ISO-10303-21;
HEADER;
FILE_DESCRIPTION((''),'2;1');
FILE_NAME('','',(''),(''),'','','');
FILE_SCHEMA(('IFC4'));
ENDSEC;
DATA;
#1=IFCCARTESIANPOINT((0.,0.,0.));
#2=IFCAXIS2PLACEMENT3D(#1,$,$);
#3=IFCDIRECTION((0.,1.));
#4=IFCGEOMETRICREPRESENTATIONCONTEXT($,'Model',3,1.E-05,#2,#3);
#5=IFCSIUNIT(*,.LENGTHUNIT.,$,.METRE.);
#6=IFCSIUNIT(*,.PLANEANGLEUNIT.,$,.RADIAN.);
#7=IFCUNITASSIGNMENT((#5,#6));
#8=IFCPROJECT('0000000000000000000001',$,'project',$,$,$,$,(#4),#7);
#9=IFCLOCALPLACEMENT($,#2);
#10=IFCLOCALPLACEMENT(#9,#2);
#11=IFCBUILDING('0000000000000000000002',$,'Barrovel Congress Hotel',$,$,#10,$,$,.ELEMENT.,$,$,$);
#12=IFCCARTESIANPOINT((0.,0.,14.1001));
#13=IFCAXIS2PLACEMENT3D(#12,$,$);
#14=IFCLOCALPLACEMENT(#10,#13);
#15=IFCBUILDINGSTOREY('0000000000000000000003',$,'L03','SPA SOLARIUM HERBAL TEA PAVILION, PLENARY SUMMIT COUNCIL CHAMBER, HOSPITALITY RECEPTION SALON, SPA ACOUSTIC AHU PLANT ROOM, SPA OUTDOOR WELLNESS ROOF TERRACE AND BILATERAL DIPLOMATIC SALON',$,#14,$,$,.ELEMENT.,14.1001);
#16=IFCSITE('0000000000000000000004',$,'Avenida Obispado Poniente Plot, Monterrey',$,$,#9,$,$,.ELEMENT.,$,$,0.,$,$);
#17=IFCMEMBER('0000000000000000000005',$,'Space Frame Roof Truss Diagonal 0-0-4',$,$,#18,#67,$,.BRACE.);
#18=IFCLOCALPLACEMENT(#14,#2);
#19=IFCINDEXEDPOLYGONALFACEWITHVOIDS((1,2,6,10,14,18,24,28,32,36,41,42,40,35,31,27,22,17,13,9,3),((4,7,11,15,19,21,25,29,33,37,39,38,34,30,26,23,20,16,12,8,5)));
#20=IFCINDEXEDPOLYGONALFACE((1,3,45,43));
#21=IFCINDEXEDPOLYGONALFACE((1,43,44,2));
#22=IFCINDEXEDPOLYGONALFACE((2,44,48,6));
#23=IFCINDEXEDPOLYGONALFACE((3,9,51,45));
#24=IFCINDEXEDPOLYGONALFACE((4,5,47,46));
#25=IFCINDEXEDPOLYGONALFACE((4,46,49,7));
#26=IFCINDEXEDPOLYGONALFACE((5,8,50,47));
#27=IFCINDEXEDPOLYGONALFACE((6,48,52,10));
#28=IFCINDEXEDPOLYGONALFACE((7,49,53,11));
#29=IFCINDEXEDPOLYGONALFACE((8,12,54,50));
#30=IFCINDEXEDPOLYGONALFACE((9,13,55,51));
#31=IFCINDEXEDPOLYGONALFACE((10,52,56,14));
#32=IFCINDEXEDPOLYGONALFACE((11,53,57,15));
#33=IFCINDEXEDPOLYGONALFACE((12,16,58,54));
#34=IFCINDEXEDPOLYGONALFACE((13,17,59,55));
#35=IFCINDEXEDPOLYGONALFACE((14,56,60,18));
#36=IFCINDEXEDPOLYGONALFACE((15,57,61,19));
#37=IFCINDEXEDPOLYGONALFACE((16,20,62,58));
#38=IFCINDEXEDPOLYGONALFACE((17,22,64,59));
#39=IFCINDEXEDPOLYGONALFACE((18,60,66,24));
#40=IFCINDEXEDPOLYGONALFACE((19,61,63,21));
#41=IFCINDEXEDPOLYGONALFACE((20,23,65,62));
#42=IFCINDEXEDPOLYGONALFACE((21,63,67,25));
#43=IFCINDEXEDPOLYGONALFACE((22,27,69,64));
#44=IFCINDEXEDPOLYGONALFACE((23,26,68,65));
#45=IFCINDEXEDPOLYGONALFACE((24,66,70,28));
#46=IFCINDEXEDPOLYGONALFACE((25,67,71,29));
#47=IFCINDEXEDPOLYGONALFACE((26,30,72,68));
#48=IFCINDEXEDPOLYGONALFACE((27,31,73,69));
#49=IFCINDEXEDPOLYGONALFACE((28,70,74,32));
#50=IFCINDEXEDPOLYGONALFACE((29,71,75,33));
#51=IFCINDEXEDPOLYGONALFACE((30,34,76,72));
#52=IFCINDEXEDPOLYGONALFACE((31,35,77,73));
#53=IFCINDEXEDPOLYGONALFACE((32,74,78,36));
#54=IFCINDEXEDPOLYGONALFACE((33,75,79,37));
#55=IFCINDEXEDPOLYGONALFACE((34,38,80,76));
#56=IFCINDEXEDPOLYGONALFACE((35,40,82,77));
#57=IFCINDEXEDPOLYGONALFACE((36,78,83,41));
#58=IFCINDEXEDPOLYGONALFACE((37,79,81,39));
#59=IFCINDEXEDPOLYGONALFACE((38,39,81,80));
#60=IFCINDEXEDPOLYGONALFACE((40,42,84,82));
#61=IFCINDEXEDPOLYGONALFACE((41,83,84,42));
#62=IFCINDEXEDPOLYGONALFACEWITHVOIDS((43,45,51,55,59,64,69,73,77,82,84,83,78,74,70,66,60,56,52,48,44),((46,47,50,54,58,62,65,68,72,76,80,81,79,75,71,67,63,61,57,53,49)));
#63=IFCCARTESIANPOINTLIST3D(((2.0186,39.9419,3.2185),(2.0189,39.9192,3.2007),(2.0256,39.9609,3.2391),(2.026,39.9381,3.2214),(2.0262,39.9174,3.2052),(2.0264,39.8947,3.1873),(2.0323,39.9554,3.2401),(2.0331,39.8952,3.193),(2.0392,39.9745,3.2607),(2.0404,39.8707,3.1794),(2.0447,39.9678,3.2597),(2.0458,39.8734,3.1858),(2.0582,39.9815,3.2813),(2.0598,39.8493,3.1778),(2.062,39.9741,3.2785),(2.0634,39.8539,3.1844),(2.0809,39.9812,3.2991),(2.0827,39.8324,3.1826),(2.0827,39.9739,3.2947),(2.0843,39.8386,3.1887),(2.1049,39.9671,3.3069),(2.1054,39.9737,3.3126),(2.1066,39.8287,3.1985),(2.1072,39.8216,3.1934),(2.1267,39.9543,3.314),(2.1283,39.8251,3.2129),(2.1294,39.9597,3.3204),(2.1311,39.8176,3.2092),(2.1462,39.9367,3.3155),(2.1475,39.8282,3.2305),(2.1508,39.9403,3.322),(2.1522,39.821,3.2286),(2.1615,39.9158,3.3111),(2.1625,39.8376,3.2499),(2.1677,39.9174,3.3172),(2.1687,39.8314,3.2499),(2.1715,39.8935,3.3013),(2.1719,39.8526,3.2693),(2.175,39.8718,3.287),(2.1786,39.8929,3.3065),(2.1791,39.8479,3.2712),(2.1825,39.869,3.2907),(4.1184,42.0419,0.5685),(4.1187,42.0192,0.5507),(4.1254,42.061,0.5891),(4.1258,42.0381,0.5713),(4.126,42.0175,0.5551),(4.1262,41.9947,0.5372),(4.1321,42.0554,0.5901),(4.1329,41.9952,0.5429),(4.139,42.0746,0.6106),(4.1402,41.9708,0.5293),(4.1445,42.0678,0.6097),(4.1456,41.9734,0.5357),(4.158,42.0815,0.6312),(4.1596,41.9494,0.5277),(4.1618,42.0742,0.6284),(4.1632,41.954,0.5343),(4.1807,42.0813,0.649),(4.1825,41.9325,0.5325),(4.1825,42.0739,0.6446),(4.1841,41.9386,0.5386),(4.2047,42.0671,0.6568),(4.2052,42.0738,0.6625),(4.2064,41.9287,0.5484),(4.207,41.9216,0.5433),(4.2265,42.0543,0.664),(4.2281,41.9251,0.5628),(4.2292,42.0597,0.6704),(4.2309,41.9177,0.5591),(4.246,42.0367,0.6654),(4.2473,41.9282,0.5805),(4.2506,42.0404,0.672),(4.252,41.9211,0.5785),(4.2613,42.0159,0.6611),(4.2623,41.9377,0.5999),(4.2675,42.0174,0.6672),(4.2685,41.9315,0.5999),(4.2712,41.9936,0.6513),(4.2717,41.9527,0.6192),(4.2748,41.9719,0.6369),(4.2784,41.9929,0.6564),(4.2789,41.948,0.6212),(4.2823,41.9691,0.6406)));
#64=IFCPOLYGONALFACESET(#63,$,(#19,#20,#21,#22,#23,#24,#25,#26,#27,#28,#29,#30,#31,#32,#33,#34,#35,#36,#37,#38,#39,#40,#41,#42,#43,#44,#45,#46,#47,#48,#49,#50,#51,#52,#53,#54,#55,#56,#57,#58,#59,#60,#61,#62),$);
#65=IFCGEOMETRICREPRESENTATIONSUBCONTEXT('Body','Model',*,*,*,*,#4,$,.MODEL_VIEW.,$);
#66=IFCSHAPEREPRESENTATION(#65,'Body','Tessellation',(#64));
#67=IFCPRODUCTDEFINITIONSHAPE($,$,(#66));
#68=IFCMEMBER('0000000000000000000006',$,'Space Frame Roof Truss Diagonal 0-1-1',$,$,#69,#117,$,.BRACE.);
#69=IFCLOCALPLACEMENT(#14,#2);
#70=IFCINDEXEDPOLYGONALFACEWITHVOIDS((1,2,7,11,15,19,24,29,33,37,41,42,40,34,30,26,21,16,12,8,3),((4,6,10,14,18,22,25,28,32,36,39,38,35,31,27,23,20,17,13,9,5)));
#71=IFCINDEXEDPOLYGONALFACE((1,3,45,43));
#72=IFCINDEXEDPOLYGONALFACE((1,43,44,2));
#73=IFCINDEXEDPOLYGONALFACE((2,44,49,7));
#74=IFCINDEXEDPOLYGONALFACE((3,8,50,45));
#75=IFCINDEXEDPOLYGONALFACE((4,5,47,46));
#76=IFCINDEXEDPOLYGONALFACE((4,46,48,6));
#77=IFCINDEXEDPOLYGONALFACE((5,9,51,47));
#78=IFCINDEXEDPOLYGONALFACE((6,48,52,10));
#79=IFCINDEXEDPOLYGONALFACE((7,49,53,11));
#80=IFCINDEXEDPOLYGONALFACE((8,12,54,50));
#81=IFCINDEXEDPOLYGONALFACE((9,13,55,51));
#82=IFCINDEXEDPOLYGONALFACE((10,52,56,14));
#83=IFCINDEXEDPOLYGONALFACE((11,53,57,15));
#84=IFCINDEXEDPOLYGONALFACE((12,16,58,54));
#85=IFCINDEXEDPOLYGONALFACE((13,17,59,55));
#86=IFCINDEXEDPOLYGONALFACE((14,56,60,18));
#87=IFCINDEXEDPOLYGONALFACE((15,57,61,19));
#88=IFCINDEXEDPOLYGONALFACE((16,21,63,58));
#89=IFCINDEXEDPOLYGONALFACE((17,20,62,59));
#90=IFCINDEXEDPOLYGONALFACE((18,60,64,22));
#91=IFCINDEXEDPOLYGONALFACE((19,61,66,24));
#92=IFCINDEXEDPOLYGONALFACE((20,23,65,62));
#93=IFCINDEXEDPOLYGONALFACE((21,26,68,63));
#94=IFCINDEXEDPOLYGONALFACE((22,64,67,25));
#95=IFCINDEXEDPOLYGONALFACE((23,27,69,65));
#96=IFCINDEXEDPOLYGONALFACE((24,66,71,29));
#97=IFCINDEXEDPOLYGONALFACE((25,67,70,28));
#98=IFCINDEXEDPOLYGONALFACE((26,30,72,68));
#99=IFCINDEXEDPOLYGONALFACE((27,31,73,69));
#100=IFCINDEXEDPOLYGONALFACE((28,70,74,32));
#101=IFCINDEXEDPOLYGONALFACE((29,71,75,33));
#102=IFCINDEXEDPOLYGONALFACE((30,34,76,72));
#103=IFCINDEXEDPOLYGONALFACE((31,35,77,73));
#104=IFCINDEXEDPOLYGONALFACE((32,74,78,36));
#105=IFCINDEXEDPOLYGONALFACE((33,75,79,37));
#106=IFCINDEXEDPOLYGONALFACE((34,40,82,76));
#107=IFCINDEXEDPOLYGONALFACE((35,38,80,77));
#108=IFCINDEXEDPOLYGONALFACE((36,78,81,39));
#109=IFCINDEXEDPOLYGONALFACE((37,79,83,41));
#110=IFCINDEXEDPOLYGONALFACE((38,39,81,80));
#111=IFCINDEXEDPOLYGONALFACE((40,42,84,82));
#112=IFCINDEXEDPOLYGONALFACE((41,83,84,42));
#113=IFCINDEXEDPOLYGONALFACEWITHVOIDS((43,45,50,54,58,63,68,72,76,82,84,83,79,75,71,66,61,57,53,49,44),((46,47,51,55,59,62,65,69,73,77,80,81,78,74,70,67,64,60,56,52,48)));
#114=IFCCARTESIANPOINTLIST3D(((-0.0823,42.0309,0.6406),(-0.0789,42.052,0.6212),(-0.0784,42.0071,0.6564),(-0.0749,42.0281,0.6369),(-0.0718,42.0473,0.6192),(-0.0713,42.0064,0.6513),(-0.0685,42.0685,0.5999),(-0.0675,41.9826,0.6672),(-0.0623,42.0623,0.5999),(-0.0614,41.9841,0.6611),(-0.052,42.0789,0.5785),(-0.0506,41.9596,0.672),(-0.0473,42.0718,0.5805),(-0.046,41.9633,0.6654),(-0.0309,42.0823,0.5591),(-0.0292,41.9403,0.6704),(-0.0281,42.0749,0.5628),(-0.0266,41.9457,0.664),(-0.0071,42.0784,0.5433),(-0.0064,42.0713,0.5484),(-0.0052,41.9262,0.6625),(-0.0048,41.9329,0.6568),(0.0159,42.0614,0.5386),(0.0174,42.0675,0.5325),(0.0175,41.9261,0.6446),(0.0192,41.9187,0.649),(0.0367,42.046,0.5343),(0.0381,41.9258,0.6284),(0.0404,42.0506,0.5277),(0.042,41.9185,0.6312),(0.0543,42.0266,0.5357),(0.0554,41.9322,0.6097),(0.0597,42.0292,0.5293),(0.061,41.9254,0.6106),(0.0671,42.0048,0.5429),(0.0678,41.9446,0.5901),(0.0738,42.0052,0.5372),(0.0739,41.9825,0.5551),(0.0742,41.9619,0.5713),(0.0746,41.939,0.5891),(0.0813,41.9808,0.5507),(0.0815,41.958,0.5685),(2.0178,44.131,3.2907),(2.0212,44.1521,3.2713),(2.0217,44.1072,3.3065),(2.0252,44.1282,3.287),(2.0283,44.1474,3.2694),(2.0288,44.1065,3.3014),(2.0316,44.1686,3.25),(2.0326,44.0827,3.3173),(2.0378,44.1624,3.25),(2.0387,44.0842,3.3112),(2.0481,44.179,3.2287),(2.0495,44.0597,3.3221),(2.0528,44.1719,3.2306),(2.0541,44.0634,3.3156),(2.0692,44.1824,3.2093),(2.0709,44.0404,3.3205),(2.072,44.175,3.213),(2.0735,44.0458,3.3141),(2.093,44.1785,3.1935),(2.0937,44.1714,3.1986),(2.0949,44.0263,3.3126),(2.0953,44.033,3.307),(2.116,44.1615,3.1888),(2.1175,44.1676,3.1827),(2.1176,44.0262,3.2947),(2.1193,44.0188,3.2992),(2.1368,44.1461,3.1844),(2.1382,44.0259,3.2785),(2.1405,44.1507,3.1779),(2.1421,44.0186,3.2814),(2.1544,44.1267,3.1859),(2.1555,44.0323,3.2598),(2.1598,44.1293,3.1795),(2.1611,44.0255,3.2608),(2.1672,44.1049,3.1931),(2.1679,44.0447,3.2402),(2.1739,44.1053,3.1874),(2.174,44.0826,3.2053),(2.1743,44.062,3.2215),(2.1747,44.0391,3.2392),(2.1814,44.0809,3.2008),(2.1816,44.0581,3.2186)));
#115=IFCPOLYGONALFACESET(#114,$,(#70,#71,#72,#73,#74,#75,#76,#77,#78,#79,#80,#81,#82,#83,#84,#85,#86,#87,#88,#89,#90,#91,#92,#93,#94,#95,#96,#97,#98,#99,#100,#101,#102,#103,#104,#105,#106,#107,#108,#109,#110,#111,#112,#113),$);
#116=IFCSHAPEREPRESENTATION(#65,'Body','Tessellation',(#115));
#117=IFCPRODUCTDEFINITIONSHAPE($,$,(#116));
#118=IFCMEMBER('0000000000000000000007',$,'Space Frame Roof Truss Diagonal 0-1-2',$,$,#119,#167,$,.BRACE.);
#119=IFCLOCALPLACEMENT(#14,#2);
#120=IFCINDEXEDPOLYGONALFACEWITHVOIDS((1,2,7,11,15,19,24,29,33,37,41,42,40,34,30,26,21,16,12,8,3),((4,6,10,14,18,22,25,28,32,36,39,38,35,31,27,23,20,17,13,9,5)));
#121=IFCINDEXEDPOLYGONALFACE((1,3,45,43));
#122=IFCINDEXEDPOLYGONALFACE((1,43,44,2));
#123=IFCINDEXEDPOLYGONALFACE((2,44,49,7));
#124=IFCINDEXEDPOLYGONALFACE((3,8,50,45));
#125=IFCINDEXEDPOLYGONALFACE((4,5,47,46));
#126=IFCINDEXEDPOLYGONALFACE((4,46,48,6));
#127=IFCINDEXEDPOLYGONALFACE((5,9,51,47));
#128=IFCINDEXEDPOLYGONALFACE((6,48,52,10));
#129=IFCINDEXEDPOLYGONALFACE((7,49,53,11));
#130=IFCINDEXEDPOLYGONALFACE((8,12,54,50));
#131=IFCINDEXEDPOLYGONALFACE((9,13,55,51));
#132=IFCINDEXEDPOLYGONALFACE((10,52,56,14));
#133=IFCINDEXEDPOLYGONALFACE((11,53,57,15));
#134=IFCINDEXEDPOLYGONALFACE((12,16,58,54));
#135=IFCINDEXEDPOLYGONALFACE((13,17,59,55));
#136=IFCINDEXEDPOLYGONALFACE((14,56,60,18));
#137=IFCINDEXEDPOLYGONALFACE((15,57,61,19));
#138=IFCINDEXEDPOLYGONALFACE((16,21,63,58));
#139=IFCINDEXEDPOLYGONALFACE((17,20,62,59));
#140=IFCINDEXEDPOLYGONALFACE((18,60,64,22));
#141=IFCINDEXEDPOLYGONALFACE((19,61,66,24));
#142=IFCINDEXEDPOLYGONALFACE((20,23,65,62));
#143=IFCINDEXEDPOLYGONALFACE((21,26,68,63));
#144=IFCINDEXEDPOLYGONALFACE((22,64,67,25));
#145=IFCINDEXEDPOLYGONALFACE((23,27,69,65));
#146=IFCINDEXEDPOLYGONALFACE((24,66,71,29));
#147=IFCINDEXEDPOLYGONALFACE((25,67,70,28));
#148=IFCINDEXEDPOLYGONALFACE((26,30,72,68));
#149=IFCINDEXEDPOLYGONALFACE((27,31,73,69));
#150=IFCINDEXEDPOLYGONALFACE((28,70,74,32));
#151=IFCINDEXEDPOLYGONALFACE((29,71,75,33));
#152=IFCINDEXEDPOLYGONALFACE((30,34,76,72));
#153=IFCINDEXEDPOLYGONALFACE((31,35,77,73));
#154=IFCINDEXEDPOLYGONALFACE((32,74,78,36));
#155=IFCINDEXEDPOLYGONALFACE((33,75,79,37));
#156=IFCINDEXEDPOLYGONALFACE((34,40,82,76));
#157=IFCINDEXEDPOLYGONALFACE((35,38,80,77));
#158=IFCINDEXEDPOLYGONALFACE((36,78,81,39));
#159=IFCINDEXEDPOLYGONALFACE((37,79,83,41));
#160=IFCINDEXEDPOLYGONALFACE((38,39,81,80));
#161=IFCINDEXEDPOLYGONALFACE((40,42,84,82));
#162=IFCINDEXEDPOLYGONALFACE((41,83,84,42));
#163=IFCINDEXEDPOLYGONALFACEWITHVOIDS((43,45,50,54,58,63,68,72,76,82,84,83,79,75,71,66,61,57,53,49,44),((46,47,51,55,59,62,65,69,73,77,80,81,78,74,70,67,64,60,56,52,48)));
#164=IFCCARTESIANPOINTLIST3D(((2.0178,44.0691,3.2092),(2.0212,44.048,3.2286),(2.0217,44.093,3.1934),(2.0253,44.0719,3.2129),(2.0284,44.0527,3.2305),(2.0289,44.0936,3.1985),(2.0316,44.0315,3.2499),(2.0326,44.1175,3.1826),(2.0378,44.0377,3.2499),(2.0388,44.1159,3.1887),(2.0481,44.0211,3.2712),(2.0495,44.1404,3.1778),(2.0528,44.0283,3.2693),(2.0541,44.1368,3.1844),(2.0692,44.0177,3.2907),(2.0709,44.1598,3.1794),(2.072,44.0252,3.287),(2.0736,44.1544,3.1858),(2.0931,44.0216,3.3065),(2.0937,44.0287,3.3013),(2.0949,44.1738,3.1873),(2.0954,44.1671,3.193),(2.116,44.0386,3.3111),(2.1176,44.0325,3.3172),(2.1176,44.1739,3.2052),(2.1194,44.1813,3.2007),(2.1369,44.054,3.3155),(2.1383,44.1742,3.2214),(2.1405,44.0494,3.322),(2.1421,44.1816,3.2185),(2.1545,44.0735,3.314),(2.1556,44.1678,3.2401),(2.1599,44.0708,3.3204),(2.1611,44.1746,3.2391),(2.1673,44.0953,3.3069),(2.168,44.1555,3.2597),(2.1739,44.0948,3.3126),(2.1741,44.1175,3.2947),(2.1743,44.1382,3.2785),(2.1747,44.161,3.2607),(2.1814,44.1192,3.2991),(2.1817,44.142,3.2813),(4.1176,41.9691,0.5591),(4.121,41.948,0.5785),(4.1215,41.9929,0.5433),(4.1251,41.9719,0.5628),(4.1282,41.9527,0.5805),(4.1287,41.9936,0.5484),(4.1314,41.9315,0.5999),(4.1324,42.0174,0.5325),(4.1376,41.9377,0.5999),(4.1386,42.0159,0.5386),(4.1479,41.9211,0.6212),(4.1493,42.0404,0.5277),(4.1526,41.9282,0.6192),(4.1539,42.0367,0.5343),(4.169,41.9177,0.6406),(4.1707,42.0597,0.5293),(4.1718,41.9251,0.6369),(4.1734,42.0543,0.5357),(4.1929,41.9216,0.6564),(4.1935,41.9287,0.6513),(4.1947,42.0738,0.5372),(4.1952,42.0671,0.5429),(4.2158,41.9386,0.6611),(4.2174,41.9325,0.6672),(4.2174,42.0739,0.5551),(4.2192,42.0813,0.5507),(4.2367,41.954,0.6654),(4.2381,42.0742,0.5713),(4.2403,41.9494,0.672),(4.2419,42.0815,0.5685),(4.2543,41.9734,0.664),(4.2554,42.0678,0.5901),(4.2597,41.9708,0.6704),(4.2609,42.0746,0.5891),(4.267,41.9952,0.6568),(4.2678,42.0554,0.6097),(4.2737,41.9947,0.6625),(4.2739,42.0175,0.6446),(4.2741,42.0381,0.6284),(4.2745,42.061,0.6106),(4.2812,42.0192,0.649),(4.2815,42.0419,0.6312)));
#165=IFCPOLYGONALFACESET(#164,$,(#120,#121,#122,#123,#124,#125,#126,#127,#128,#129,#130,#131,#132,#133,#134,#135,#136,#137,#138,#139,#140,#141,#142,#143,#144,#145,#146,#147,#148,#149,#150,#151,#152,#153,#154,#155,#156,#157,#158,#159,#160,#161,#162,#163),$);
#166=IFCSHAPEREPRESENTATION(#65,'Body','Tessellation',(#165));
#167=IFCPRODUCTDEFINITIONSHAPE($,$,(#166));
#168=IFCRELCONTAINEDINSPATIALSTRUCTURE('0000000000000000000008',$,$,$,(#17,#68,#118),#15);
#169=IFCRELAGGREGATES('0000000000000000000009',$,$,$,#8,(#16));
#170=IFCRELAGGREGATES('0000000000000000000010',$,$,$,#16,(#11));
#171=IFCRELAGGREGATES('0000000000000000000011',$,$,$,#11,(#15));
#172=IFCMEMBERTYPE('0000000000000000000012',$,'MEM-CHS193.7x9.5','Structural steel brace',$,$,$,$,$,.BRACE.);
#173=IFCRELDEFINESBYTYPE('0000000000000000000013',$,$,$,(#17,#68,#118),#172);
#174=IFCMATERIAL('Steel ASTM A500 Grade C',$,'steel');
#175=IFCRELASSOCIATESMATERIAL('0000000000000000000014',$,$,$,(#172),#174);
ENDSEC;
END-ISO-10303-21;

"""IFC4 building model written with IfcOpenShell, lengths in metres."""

from ifc_helpers import new_model, si_unit, direction, frame, origin, origin_2d, place, context, subcontext, project, spatial, hollow_circle, extrude, material, material_profile, profile_set, type_object, element, save


model = new_model("IFC4")

# Units and contexts
model_context = context("Model", 3, precision=1e-05, world=origin(), true_north=direction((0.0, 1.0)))
body_context = subcontext(model_context, "Body", "Model", "MODEL_VIEW")
ifc_project = project(units=[si_unit("LENGTHUNIT", "METRE"), si_unit("PLANEANGLEUNIT", "RADIAN")], contexts=[model_context])

# Site, building, storey
site_placement = place(None, origin())
site = spatial("IfcSite", under=ifc_project, at=site_placement, Name="Avenida Obispado Poniente Plot, Monterrey", CompositionType="ELEMENT", RefElevation=0.0)
building_placement = place(site_placement, origin())
building = spatial("IfcBuilding", under=site, at=building_placement, Name="Barrovel Congress Hotel", CompositionType="ELEMENT")
storey_placement = place(building_placement, frame((0.0, 0.0, 14.1001)))
storey = spatial("IfcBuildingStorey", under=building, at=storey_placement, Name="L03", Description="SPA SOLARIUM HERBAL TEA PAVILION, PLENARY SUMMIT COUNCIL CHAMBER, HOSPITALITY RECEPTION SALON, SPA ACOUSTIC AHU PLANT ROOM, SPA OUTDOOR WELLNESS ROOF TERRACE AND BILATERAL DIPLOMATIC SALON", CompositionType="ELEMENT", Elevation=14.1001)

# Members
ifc_material_1 = material(Name="Steel ASTM A500 Grade C", Category="steel")
ifc_material_profile_1 = material_profile(ifc_material_1, hollow_circle(Radius=0.0969, WallThickness=0.0088, at=origin_2d()), Name="CHS193.7x9.5")
ifc_profile_set_1 = profile_set([ifc_material_profile_1], Name="Steel ASTM A500 Grade C")
member_type_1 = type_object("IfcMemberType", Name="MEM-CHS193.7x9.5", Description="Structural steel brace", PredefinedType="BRACE", material=ifc_profile_set_1)
member_1_placement = place(storey_placement, frame((4.2, 42.0, 0.5999), z_axis=(-0.527557, -0.527618, 0.66581), x_axis=(0.707148, -0.707066, 0.0)))
element("IfcMember", 1, at=member_1_placement, inside=storey, type_object=member_type_1, Name="Space Frame Roof Truss Diagonal 0-0-4", PredefinedType="BRACE", context=body_context, shape_type="SweptSolid", body=[
    extrude(hollow_circle(Radius=0.0969, WallThickness=0.0088, at=origin_2d()), origin(), (0.0, 0.0, 1.0), 3.9802),
])
member_2_placement = place(storey_placement, frame((0.0, 42.0, 0.5999), z_axis=(0.527601, 0.527601, 0.665788), x_axis=(-0.707107, 0.707107, 0.0)))
element("IfcMember", 2, at=member_2_placement, inside=storey, type_object=member_type_1, Name="Space Frame Roof Truss Diagonal 0-1-1", PredefinedType="BRACE", context=body_context, shape_type="SweptSolid", body=[
    extrude(hollow_circle(Radius=0.0969, WallThickness=0.0088, at=origin_2d()), origin(), (0.0, 0.0, 1.0), 3.9805),
])
for number, where, z_axis, x_axis, name in (
    (3, (4.2, 42.0, 0.5999), (-0.527557, 0.527618, 0.66581), (-0.707148, -0.707066, 0.0), "Space Frame Roof Truss Diagonal 0-1-2"),
):
    element("IfcMember", number, at=place(storey_placement, frame(where, z_axis=z_axis, x_axis=x_axis)), inside=storey, type_object=member_type_1, Name=name, PredefinedType="BRACE", context=body_context, shape_type="SweptSolid", body=[
        extrude(hollow_circle(Radius=0.0969, WallThickness=0.0088, at=origin_2d()), origin(), (0.0, 0.0, 1.0), 3.9802),
    ])

save(model, "model.ifc")
